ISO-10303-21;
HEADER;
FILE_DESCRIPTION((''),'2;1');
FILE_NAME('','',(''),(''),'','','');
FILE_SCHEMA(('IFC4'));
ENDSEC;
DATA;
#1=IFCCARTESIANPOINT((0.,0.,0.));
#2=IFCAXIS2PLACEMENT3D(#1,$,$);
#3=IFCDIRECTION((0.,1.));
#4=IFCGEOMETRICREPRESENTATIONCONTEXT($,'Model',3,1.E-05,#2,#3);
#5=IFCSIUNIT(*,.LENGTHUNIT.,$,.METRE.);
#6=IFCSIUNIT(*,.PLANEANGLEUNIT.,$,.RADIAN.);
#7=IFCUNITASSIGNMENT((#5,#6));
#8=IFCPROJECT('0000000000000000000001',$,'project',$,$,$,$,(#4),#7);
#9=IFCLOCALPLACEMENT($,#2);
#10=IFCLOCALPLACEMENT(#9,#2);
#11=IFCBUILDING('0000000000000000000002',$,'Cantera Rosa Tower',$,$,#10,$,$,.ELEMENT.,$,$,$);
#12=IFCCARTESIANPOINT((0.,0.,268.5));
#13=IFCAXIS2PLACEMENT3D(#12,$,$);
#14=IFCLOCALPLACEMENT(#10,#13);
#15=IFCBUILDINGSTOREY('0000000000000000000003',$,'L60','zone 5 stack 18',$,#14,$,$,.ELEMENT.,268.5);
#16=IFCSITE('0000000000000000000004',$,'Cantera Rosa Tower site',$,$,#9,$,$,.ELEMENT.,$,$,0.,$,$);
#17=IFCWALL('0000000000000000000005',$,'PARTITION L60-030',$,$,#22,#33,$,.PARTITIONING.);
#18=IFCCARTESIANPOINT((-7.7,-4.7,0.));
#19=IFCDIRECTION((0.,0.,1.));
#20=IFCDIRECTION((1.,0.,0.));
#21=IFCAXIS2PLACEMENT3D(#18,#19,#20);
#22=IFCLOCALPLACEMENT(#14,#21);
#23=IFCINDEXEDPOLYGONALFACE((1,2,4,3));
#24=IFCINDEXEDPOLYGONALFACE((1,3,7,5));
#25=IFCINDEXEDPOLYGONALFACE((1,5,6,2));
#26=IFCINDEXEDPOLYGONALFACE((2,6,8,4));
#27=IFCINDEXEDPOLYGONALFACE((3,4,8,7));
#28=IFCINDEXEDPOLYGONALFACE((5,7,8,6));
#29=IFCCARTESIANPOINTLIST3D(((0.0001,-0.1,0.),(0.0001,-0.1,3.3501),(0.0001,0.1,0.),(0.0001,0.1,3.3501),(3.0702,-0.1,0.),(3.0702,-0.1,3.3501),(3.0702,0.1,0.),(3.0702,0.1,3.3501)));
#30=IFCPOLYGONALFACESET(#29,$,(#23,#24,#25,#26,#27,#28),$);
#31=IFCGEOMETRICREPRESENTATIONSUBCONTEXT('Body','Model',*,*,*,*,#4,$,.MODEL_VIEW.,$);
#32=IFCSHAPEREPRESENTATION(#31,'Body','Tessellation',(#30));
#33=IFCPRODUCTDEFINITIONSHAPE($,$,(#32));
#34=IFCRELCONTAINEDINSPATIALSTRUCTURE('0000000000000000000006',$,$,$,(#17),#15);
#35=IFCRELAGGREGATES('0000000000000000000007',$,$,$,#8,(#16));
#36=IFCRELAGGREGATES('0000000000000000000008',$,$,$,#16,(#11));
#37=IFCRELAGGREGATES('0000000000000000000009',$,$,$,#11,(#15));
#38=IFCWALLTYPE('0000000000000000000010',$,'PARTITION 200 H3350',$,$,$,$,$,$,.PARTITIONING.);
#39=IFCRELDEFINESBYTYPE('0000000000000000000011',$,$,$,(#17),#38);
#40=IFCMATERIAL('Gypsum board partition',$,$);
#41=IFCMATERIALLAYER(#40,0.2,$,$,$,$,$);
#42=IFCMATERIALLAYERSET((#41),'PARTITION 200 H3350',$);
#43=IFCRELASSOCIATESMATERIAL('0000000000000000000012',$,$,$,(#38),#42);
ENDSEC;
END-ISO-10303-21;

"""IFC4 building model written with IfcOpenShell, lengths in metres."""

from ifc_helpers import new_model, si_unit, direction, frame, frame_2d, origin, place, context, subcontext, project, spatial, rectangle, extrude, material, layer, layer_set, type_object, element, save


model = new_model("IFC4")

# Units and contexts
model_context = context("Model", 3, precision=1e-05, world=origin(), true_north=direction((0.0, 1.0)))
body_context = subcontext(model_context, "Body", "Model", "MODEL_VIEW")
ifc_project = project(units=[si_unit("LENGTHUNIT", "METRE"), si_unit("PLANEANGLEUNIT", "RADIAN")], contexts=[model_context])

# Site, building, storey
site_placement = place(None, origin())
site = spatial("IfcSite", under=ifc_project, at=site_placement, Name="Cantera Rosa Tower site", CompositionType="ELEMENT", RefElevation=0.0)
building_placement = place(site_placement, origin())
building = spatial("IfcBuilding", under=site, at=building_placement, Name="Cantera Rosa Tower", CompositionType="ELEMENT")
storey_placement = place(building_placement, frame((0.0, 0.0, 268.5)))
storey = spatial("IfcBuildingStorey", under=building, at=storey_placement, Name="L60", Description="zone 5 stack 18", CompositionType="ELEMENT", Elevation=268.5)

# Wall
ifc_material_1 = material(Name="Gypsum board partition")
ifc_layer_1 = layer(ifc_material_1, 0.2)
ifc_layer_set_1 = layer_set([ifc_layer_1], Name="PARTITION 200 H3350")
wall_type_1 = type_object("IfcWallType", Name="PARTITION 200 H3350", PredefinedType="PARTITIONING", material=ifc_layer_set_1)
wall_1_placement = place(storey_placement, frame((-7.7, -4.7, 0.0), z_axis=(0.0, 0.0, 1.0), x_axis=(1.0, 0.0, 0.0)))
element("IfcWall", 1, at=wall_1_placement, inside=storey, type_object=wall_type_1, Name="PARTITION L60-030", PredefinedType="PARTITIONING", context=body_context, shape_type="SweptSolid", body=[
    extrude(rectangle(XDim=3.0701, YDim=0.2, at=frame_2d((1.5352, 0.0))), origin(), (0.0, 0.0, 1.0), 3.3501),
])

save(model, "model.ifc")
